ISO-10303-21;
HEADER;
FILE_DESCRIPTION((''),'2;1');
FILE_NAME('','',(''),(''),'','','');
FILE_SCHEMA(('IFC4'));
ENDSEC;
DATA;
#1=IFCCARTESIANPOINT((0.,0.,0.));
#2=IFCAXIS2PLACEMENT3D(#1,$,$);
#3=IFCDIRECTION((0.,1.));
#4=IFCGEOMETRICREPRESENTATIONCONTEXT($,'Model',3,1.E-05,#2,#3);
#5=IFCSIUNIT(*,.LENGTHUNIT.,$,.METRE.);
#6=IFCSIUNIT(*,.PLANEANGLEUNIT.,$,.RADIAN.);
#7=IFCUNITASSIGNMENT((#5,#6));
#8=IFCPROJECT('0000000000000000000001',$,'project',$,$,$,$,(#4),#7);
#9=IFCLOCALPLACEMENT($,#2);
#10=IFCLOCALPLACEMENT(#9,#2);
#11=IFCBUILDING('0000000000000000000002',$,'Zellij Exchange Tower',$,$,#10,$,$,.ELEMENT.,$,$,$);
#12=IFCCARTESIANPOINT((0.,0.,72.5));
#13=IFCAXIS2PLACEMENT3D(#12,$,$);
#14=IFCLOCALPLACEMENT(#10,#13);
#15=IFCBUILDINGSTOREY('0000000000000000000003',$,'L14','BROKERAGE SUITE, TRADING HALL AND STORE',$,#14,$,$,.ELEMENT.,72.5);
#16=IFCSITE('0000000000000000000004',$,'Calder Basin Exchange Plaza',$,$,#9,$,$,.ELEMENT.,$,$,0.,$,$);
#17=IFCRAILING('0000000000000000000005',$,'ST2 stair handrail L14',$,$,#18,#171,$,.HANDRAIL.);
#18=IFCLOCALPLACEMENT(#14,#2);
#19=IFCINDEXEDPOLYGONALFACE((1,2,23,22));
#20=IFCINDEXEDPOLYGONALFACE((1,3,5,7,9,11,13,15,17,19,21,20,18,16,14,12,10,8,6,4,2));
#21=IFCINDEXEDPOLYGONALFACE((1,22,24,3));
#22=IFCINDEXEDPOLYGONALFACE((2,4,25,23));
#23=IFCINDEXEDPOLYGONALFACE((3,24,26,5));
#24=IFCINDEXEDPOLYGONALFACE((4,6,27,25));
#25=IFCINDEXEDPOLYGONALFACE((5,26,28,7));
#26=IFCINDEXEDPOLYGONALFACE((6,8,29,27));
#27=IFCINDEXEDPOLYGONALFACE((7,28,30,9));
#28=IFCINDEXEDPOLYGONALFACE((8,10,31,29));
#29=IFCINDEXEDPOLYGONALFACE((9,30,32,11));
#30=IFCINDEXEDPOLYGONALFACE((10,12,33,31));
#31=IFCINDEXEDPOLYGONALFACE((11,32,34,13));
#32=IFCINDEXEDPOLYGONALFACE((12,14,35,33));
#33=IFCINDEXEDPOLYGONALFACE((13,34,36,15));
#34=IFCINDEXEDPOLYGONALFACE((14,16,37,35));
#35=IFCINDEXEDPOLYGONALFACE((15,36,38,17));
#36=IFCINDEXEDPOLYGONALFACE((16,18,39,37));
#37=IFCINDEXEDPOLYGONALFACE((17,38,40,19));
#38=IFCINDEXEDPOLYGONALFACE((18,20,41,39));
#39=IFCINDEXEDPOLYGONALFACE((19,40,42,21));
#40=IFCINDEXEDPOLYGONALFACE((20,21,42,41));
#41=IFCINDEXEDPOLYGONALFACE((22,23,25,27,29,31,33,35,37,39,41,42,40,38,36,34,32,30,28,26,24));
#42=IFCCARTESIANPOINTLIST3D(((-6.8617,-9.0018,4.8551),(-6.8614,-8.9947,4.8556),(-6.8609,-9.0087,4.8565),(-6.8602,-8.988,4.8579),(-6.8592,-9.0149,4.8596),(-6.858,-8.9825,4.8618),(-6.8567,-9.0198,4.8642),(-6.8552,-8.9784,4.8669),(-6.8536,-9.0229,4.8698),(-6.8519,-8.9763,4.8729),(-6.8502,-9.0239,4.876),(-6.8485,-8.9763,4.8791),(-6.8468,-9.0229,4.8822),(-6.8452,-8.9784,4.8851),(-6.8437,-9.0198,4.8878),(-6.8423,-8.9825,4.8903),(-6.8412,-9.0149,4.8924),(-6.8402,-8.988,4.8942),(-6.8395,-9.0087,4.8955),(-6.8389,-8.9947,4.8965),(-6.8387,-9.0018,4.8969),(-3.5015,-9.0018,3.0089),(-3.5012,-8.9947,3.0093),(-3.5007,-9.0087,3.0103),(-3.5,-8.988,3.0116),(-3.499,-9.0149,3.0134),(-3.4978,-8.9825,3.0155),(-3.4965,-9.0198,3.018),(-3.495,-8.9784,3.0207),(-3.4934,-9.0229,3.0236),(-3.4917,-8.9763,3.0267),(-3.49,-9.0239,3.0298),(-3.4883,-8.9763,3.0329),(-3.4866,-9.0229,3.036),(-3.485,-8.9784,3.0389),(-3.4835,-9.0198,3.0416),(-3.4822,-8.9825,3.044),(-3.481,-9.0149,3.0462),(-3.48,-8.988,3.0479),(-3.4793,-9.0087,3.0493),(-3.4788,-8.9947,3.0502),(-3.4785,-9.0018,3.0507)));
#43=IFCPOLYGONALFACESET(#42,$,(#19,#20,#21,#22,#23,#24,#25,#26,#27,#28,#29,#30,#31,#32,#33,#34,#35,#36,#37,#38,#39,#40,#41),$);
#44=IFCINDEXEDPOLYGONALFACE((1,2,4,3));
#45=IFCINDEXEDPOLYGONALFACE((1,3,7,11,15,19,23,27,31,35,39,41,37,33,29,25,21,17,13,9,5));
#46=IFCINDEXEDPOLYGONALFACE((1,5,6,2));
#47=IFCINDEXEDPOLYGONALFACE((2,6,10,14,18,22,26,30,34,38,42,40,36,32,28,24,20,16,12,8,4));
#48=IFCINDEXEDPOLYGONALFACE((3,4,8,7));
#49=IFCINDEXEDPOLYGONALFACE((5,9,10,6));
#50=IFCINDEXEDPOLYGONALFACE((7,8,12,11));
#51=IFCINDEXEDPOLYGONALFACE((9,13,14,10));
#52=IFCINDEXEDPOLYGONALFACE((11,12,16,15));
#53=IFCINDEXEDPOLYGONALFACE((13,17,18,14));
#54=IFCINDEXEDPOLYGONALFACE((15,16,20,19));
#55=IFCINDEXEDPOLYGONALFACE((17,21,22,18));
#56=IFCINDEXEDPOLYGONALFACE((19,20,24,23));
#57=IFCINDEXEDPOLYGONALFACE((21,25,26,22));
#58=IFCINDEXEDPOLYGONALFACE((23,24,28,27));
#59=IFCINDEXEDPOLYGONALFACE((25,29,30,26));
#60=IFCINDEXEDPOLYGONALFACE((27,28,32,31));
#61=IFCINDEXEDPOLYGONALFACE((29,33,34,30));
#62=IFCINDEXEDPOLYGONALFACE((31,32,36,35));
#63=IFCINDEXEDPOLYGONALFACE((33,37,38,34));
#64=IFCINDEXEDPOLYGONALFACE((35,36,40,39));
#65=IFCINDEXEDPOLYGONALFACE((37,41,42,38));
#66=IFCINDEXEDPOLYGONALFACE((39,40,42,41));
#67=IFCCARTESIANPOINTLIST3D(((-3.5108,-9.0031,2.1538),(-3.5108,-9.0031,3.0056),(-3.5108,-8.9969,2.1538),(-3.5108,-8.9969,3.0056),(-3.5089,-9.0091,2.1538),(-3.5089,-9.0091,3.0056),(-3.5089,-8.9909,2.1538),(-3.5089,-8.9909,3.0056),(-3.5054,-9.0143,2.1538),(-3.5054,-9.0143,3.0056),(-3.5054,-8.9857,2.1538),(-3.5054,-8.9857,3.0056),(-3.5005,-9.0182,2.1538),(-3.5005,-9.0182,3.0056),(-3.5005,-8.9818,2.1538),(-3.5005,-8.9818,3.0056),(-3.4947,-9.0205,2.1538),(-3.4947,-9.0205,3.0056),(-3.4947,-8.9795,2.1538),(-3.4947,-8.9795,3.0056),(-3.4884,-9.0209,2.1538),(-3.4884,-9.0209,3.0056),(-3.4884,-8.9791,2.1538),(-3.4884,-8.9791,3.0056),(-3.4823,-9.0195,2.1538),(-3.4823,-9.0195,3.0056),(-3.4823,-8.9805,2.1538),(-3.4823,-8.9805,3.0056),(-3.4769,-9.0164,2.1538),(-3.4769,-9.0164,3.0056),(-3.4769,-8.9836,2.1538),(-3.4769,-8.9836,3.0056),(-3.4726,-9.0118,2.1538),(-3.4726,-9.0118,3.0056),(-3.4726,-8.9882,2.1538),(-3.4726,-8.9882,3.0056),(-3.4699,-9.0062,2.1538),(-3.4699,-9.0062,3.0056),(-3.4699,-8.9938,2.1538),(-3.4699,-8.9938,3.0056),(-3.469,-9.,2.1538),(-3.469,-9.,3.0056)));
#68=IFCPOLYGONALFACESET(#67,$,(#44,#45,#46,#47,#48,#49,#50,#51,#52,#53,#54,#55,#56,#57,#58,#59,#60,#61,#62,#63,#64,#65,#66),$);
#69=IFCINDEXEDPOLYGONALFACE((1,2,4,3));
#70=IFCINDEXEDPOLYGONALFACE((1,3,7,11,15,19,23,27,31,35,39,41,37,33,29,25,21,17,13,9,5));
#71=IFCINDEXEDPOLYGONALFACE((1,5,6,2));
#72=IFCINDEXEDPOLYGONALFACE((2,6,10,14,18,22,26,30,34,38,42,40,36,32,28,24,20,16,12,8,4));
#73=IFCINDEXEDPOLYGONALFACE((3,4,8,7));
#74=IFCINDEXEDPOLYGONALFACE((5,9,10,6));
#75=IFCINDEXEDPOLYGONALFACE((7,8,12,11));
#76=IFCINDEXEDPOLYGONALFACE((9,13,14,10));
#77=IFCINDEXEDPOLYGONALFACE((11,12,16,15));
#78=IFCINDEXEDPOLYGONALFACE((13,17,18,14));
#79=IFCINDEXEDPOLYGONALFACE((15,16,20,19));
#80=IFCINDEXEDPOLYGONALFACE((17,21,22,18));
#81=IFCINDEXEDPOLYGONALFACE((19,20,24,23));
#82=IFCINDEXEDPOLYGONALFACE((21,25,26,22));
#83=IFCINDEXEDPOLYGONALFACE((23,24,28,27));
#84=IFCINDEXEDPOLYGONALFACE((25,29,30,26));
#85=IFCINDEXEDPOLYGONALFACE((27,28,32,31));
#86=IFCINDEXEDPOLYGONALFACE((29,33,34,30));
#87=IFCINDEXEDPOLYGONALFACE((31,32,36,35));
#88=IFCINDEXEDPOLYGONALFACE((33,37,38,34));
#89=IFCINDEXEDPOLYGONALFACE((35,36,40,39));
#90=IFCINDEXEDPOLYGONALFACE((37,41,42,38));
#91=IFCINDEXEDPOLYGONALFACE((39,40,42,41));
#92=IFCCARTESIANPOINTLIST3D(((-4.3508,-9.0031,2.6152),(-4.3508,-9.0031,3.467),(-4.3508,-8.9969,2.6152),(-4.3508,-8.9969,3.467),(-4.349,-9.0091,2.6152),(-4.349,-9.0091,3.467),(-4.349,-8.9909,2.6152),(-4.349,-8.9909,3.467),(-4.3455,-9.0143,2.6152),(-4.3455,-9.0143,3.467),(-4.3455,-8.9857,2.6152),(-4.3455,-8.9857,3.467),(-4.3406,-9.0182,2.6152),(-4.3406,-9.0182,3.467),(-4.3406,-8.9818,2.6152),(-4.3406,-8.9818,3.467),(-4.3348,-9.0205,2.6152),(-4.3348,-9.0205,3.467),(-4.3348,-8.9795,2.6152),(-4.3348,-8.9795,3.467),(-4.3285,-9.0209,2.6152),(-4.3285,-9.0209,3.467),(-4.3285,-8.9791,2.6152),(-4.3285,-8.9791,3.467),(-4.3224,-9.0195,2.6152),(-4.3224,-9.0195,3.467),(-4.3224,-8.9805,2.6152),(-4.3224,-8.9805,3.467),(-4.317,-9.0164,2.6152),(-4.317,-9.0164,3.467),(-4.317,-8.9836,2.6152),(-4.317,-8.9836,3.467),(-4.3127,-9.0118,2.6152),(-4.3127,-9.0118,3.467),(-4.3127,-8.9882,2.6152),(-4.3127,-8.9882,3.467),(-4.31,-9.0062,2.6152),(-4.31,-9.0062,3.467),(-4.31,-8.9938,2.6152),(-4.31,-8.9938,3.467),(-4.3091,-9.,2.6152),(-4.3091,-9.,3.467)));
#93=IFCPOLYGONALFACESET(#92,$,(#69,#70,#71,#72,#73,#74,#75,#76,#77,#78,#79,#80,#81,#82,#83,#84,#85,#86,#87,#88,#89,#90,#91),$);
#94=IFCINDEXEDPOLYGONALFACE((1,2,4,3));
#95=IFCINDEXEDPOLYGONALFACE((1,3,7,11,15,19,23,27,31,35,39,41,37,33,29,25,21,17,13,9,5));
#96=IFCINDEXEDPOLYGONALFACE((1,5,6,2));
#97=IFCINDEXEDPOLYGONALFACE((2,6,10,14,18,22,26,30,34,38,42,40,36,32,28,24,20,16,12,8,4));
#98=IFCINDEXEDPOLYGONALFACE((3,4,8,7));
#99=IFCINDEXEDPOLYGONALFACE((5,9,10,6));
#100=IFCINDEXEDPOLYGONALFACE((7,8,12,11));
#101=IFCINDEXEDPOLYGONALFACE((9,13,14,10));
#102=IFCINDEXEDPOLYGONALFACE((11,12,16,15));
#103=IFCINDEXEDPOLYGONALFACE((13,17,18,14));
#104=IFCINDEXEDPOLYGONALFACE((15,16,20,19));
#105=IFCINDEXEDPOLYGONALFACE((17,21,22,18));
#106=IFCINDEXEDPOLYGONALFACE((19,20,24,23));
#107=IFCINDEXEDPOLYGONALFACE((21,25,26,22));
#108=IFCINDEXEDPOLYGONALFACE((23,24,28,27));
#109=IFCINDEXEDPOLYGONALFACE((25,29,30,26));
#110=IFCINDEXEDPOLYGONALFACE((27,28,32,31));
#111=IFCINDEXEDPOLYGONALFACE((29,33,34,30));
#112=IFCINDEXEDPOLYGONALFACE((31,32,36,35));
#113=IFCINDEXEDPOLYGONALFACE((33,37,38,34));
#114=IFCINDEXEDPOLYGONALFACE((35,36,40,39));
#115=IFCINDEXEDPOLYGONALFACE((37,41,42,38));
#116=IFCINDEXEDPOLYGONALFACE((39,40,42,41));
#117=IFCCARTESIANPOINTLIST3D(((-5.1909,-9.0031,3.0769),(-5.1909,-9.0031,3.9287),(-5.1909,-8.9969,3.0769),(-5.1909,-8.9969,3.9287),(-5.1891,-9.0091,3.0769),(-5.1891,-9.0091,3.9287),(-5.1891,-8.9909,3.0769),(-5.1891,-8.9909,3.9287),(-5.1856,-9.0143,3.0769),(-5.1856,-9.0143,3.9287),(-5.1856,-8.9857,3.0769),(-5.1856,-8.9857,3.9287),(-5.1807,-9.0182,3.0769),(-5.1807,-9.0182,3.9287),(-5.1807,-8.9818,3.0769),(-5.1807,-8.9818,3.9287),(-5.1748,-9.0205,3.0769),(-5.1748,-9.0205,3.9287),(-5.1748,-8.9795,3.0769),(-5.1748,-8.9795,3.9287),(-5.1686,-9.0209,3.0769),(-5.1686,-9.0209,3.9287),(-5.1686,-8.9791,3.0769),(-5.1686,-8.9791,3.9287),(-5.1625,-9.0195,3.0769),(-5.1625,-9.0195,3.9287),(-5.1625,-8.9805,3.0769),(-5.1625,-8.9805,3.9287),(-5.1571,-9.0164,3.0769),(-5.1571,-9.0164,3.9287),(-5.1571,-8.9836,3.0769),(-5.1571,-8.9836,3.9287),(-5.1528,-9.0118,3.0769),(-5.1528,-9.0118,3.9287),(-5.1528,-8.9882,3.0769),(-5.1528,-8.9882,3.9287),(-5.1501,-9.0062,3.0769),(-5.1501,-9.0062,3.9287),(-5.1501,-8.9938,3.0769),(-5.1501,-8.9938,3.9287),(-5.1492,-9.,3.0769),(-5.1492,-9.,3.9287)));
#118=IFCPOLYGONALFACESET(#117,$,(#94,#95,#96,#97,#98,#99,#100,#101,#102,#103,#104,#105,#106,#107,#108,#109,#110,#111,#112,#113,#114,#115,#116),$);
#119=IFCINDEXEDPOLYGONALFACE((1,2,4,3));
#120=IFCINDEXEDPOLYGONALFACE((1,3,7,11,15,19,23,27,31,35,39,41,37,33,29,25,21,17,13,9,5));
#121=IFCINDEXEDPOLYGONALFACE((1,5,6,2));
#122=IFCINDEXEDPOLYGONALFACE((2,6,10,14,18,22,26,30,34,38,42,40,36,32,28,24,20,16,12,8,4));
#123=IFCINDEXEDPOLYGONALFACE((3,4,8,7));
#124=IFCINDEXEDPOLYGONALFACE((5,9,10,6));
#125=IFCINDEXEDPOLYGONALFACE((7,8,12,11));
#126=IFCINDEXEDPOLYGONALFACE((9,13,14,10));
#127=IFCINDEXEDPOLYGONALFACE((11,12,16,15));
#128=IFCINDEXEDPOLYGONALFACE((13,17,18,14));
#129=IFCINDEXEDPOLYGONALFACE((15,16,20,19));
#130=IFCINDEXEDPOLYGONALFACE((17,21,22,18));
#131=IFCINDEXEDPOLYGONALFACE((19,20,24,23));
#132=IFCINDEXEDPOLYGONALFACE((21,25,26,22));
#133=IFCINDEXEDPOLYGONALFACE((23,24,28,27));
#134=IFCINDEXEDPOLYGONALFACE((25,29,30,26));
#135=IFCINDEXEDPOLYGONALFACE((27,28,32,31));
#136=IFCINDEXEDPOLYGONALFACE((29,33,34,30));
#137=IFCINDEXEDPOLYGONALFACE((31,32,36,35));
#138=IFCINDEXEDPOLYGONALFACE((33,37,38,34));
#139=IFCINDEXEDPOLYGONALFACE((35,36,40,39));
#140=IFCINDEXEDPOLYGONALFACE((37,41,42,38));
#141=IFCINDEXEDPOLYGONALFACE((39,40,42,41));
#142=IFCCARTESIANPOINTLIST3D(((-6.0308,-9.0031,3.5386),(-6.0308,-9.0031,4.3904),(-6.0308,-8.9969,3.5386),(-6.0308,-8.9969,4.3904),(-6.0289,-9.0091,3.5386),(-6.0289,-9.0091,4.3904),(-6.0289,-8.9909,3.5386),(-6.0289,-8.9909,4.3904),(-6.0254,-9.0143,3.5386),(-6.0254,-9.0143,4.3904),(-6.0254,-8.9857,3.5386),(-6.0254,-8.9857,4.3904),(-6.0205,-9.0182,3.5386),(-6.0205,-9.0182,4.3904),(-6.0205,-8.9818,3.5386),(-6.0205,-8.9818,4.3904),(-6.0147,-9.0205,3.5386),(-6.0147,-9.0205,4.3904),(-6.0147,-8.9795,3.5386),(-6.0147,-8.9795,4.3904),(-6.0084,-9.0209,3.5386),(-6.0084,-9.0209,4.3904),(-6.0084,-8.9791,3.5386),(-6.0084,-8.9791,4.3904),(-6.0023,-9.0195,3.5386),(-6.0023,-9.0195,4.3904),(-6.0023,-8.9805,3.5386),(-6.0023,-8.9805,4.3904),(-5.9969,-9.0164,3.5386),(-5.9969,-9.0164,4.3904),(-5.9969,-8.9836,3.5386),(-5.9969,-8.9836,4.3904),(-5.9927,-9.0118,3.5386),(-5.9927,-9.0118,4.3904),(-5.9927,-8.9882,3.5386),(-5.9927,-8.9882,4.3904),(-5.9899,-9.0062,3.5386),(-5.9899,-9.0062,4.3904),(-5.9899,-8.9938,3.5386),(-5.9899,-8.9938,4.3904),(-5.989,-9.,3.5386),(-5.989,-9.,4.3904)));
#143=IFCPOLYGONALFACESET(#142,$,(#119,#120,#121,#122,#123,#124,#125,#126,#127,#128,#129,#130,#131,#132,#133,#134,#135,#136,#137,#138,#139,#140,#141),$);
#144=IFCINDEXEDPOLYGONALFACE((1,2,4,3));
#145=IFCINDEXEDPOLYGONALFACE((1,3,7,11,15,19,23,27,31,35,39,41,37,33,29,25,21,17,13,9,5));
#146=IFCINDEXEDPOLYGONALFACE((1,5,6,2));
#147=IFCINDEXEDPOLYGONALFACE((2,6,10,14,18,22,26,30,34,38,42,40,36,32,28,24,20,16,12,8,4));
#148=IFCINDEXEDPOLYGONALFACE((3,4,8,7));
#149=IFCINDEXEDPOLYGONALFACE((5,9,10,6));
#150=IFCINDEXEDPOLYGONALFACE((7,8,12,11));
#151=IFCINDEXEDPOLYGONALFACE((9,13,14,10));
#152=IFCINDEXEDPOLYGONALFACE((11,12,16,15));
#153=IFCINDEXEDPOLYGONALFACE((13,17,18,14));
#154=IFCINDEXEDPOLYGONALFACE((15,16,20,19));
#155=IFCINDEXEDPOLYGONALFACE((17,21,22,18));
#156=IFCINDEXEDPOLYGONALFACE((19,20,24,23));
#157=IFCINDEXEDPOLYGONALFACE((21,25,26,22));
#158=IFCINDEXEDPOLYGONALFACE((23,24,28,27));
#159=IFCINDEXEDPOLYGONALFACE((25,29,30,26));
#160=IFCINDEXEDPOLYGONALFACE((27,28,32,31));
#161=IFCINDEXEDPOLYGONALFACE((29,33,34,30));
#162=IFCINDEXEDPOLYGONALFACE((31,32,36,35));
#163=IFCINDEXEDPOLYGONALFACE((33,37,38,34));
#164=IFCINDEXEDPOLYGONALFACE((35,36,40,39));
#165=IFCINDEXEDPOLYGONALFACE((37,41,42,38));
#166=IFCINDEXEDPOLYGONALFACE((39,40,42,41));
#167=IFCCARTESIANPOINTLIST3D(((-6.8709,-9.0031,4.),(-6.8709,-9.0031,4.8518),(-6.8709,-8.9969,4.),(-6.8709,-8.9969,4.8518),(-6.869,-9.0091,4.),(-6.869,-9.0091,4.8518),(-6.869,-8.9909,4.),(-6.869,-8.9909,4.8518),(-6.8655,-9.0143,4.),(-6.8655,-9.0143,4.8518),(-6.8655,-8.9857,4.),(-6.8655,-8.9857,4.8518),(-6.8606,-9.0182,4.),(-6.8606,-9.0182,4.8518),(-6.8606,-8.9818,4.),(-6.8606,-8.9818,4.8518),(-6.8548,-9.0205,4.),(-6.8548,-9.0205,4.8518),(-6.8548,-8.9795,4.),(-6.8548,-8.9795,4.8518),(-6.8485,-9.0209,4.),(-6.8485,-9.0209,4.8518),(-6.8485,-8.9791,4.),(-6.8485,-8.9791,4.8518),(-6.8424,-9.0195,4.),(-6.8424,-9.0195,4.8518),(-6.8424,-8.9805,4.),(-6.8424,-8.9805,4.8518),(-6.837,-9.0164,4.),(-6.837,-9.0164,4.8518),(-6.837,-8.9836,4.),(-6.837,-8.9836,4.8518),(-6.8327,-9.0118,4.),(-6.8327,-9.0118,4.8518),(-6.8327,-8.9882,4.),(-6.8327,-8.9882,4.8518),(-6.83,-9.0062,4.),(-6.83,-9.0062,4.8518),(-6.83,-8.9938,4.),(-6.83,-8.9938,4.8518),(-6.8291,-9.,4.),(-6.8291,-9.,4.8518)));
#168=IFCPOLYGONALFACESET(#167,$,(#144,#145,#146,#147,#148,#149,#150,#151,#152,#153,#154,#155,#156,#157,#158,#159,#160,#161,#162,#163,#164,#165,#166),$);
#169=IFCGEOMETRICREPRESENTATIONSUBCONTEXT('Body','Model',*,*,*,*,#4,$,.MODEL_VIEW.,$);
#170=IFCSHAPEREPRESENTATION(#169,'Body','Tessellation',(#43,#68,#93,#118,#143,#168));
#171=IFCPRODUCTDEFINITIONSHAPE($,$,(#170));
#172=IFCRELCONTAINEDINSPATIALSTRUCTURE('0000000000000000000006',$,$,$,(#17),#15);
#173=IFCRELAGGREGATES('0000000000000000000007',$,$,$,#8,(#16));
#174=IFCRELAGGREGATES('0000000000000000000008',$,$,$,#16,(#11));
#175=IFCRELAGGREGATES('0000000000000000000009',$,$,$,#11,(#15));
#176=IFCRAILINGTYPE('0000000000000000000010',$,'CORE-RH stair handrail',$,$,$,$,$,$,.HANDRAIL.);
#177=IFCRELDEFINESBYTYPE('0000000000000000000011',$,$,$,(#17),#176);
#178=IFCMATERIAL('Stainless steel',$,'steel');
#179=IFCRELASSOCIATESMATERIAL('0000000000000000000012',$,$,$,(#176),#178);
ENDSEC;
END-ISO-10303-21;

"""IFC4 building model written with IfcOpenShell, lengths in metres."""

from ifc_helpers import new_model, si_unit, direction, frame, origin, origin_2d, place, context, subcontext, project, spatial, circle, extrude, material, type_object, element, save


model = new_model("IFC4")

# Units and contexts
model_context = context("Model", 3, precision=1e-05, world=origin(), true_north=direction((0.0, 1.0)))
body_context = subcontext(model_context, "Body", "Model", "MODEL_VIEW")
ifc_project = project(units=[si_unit("LENGTHUNIT", "METRE"), si_unit("PLANEANGLEUNIT", "RADIAN")], contexts=[model_context])

# Site, building, storey
site_placement = place(None, origin())
site = spatial("IfcSite", under=ifc_project, at=site_placement, Name="Calder Basin Exchange Plaza", CompositionType="ELEMENT", RefElevation=0.0)
building_placement = place(site_placement, origin())
building = spatial("IfcBuilding", under=site, at=building_placement, Name="Zellij Exchange Tower", CompositionType="ELEMENT")
storey_placement = place(building_placement, frame((0.0, 0.0, 72.5)))
storey = spatial("IfcBuildingStorey", under=building, at=storey_placement, Name="L14", Description="BROKERAGE SUITE, TRADING HALL AND STORE", CompositionType="ELEMENT", Elevation=72.5)

# Railing
ifc_material_1 = material(Name="Stainless steel", Category="steel")
railing_type_1 = type_object("IfcRailingType", Name="CORE-RH stair handrail", PredefinedType="HANDRAIL", material=ifc_material_1)
railing_1_placement = place(storey_placement, frame((-3.49, -9.0, 2.1538)))
element("IfcRailing", 1, at=railing_1_placement, inside=storey, type_object=railing_type_1, Name="ST2 stair handrail L14", PredefinedType="HANDRAIL", context=body_context, shape_type="SweptSolid", body=[
    extrude(circle(Radius=0.0239, at=origin_2d()), frame((0.0, 0.0, 0.876), z_axis=(-0.876422, 0.0, 0.481545), x_axis=(0.0, -1.0, 0.0)), (0.0, 0.0, 1.0), 3.834),
    extrude(circle(Radius=0.021, at=origin_2d()), origin(), (0.0, 0.0, 1.0), 0.8518),
    extrude(circle(Radius=0.021, at=origin_2d()), frame((-0.8401, 0.0, 0.4614)), (0.0, 0.0, 1.0), 0.8518),
    extrude(circle(Radius=0.021, at=origin_2d()), frame((-1.6802, 0.0, 0.9231)), (0.0, 0.0, 1.0), 0.8518),
    extrude(circle(Radius=0.021, at=origin_2d()), frame((-2.52, 0.0, 1.3848)), (0.0, 0.0, 1.0), 0.8518),
    extrude(circle(Radius=0.021, at=origin_2d()), frame((-3.3601, 0.0, 1.8462)), (0.0, 0.0, 1.0), 0.8518),
])

save(model, "model.ifc")
